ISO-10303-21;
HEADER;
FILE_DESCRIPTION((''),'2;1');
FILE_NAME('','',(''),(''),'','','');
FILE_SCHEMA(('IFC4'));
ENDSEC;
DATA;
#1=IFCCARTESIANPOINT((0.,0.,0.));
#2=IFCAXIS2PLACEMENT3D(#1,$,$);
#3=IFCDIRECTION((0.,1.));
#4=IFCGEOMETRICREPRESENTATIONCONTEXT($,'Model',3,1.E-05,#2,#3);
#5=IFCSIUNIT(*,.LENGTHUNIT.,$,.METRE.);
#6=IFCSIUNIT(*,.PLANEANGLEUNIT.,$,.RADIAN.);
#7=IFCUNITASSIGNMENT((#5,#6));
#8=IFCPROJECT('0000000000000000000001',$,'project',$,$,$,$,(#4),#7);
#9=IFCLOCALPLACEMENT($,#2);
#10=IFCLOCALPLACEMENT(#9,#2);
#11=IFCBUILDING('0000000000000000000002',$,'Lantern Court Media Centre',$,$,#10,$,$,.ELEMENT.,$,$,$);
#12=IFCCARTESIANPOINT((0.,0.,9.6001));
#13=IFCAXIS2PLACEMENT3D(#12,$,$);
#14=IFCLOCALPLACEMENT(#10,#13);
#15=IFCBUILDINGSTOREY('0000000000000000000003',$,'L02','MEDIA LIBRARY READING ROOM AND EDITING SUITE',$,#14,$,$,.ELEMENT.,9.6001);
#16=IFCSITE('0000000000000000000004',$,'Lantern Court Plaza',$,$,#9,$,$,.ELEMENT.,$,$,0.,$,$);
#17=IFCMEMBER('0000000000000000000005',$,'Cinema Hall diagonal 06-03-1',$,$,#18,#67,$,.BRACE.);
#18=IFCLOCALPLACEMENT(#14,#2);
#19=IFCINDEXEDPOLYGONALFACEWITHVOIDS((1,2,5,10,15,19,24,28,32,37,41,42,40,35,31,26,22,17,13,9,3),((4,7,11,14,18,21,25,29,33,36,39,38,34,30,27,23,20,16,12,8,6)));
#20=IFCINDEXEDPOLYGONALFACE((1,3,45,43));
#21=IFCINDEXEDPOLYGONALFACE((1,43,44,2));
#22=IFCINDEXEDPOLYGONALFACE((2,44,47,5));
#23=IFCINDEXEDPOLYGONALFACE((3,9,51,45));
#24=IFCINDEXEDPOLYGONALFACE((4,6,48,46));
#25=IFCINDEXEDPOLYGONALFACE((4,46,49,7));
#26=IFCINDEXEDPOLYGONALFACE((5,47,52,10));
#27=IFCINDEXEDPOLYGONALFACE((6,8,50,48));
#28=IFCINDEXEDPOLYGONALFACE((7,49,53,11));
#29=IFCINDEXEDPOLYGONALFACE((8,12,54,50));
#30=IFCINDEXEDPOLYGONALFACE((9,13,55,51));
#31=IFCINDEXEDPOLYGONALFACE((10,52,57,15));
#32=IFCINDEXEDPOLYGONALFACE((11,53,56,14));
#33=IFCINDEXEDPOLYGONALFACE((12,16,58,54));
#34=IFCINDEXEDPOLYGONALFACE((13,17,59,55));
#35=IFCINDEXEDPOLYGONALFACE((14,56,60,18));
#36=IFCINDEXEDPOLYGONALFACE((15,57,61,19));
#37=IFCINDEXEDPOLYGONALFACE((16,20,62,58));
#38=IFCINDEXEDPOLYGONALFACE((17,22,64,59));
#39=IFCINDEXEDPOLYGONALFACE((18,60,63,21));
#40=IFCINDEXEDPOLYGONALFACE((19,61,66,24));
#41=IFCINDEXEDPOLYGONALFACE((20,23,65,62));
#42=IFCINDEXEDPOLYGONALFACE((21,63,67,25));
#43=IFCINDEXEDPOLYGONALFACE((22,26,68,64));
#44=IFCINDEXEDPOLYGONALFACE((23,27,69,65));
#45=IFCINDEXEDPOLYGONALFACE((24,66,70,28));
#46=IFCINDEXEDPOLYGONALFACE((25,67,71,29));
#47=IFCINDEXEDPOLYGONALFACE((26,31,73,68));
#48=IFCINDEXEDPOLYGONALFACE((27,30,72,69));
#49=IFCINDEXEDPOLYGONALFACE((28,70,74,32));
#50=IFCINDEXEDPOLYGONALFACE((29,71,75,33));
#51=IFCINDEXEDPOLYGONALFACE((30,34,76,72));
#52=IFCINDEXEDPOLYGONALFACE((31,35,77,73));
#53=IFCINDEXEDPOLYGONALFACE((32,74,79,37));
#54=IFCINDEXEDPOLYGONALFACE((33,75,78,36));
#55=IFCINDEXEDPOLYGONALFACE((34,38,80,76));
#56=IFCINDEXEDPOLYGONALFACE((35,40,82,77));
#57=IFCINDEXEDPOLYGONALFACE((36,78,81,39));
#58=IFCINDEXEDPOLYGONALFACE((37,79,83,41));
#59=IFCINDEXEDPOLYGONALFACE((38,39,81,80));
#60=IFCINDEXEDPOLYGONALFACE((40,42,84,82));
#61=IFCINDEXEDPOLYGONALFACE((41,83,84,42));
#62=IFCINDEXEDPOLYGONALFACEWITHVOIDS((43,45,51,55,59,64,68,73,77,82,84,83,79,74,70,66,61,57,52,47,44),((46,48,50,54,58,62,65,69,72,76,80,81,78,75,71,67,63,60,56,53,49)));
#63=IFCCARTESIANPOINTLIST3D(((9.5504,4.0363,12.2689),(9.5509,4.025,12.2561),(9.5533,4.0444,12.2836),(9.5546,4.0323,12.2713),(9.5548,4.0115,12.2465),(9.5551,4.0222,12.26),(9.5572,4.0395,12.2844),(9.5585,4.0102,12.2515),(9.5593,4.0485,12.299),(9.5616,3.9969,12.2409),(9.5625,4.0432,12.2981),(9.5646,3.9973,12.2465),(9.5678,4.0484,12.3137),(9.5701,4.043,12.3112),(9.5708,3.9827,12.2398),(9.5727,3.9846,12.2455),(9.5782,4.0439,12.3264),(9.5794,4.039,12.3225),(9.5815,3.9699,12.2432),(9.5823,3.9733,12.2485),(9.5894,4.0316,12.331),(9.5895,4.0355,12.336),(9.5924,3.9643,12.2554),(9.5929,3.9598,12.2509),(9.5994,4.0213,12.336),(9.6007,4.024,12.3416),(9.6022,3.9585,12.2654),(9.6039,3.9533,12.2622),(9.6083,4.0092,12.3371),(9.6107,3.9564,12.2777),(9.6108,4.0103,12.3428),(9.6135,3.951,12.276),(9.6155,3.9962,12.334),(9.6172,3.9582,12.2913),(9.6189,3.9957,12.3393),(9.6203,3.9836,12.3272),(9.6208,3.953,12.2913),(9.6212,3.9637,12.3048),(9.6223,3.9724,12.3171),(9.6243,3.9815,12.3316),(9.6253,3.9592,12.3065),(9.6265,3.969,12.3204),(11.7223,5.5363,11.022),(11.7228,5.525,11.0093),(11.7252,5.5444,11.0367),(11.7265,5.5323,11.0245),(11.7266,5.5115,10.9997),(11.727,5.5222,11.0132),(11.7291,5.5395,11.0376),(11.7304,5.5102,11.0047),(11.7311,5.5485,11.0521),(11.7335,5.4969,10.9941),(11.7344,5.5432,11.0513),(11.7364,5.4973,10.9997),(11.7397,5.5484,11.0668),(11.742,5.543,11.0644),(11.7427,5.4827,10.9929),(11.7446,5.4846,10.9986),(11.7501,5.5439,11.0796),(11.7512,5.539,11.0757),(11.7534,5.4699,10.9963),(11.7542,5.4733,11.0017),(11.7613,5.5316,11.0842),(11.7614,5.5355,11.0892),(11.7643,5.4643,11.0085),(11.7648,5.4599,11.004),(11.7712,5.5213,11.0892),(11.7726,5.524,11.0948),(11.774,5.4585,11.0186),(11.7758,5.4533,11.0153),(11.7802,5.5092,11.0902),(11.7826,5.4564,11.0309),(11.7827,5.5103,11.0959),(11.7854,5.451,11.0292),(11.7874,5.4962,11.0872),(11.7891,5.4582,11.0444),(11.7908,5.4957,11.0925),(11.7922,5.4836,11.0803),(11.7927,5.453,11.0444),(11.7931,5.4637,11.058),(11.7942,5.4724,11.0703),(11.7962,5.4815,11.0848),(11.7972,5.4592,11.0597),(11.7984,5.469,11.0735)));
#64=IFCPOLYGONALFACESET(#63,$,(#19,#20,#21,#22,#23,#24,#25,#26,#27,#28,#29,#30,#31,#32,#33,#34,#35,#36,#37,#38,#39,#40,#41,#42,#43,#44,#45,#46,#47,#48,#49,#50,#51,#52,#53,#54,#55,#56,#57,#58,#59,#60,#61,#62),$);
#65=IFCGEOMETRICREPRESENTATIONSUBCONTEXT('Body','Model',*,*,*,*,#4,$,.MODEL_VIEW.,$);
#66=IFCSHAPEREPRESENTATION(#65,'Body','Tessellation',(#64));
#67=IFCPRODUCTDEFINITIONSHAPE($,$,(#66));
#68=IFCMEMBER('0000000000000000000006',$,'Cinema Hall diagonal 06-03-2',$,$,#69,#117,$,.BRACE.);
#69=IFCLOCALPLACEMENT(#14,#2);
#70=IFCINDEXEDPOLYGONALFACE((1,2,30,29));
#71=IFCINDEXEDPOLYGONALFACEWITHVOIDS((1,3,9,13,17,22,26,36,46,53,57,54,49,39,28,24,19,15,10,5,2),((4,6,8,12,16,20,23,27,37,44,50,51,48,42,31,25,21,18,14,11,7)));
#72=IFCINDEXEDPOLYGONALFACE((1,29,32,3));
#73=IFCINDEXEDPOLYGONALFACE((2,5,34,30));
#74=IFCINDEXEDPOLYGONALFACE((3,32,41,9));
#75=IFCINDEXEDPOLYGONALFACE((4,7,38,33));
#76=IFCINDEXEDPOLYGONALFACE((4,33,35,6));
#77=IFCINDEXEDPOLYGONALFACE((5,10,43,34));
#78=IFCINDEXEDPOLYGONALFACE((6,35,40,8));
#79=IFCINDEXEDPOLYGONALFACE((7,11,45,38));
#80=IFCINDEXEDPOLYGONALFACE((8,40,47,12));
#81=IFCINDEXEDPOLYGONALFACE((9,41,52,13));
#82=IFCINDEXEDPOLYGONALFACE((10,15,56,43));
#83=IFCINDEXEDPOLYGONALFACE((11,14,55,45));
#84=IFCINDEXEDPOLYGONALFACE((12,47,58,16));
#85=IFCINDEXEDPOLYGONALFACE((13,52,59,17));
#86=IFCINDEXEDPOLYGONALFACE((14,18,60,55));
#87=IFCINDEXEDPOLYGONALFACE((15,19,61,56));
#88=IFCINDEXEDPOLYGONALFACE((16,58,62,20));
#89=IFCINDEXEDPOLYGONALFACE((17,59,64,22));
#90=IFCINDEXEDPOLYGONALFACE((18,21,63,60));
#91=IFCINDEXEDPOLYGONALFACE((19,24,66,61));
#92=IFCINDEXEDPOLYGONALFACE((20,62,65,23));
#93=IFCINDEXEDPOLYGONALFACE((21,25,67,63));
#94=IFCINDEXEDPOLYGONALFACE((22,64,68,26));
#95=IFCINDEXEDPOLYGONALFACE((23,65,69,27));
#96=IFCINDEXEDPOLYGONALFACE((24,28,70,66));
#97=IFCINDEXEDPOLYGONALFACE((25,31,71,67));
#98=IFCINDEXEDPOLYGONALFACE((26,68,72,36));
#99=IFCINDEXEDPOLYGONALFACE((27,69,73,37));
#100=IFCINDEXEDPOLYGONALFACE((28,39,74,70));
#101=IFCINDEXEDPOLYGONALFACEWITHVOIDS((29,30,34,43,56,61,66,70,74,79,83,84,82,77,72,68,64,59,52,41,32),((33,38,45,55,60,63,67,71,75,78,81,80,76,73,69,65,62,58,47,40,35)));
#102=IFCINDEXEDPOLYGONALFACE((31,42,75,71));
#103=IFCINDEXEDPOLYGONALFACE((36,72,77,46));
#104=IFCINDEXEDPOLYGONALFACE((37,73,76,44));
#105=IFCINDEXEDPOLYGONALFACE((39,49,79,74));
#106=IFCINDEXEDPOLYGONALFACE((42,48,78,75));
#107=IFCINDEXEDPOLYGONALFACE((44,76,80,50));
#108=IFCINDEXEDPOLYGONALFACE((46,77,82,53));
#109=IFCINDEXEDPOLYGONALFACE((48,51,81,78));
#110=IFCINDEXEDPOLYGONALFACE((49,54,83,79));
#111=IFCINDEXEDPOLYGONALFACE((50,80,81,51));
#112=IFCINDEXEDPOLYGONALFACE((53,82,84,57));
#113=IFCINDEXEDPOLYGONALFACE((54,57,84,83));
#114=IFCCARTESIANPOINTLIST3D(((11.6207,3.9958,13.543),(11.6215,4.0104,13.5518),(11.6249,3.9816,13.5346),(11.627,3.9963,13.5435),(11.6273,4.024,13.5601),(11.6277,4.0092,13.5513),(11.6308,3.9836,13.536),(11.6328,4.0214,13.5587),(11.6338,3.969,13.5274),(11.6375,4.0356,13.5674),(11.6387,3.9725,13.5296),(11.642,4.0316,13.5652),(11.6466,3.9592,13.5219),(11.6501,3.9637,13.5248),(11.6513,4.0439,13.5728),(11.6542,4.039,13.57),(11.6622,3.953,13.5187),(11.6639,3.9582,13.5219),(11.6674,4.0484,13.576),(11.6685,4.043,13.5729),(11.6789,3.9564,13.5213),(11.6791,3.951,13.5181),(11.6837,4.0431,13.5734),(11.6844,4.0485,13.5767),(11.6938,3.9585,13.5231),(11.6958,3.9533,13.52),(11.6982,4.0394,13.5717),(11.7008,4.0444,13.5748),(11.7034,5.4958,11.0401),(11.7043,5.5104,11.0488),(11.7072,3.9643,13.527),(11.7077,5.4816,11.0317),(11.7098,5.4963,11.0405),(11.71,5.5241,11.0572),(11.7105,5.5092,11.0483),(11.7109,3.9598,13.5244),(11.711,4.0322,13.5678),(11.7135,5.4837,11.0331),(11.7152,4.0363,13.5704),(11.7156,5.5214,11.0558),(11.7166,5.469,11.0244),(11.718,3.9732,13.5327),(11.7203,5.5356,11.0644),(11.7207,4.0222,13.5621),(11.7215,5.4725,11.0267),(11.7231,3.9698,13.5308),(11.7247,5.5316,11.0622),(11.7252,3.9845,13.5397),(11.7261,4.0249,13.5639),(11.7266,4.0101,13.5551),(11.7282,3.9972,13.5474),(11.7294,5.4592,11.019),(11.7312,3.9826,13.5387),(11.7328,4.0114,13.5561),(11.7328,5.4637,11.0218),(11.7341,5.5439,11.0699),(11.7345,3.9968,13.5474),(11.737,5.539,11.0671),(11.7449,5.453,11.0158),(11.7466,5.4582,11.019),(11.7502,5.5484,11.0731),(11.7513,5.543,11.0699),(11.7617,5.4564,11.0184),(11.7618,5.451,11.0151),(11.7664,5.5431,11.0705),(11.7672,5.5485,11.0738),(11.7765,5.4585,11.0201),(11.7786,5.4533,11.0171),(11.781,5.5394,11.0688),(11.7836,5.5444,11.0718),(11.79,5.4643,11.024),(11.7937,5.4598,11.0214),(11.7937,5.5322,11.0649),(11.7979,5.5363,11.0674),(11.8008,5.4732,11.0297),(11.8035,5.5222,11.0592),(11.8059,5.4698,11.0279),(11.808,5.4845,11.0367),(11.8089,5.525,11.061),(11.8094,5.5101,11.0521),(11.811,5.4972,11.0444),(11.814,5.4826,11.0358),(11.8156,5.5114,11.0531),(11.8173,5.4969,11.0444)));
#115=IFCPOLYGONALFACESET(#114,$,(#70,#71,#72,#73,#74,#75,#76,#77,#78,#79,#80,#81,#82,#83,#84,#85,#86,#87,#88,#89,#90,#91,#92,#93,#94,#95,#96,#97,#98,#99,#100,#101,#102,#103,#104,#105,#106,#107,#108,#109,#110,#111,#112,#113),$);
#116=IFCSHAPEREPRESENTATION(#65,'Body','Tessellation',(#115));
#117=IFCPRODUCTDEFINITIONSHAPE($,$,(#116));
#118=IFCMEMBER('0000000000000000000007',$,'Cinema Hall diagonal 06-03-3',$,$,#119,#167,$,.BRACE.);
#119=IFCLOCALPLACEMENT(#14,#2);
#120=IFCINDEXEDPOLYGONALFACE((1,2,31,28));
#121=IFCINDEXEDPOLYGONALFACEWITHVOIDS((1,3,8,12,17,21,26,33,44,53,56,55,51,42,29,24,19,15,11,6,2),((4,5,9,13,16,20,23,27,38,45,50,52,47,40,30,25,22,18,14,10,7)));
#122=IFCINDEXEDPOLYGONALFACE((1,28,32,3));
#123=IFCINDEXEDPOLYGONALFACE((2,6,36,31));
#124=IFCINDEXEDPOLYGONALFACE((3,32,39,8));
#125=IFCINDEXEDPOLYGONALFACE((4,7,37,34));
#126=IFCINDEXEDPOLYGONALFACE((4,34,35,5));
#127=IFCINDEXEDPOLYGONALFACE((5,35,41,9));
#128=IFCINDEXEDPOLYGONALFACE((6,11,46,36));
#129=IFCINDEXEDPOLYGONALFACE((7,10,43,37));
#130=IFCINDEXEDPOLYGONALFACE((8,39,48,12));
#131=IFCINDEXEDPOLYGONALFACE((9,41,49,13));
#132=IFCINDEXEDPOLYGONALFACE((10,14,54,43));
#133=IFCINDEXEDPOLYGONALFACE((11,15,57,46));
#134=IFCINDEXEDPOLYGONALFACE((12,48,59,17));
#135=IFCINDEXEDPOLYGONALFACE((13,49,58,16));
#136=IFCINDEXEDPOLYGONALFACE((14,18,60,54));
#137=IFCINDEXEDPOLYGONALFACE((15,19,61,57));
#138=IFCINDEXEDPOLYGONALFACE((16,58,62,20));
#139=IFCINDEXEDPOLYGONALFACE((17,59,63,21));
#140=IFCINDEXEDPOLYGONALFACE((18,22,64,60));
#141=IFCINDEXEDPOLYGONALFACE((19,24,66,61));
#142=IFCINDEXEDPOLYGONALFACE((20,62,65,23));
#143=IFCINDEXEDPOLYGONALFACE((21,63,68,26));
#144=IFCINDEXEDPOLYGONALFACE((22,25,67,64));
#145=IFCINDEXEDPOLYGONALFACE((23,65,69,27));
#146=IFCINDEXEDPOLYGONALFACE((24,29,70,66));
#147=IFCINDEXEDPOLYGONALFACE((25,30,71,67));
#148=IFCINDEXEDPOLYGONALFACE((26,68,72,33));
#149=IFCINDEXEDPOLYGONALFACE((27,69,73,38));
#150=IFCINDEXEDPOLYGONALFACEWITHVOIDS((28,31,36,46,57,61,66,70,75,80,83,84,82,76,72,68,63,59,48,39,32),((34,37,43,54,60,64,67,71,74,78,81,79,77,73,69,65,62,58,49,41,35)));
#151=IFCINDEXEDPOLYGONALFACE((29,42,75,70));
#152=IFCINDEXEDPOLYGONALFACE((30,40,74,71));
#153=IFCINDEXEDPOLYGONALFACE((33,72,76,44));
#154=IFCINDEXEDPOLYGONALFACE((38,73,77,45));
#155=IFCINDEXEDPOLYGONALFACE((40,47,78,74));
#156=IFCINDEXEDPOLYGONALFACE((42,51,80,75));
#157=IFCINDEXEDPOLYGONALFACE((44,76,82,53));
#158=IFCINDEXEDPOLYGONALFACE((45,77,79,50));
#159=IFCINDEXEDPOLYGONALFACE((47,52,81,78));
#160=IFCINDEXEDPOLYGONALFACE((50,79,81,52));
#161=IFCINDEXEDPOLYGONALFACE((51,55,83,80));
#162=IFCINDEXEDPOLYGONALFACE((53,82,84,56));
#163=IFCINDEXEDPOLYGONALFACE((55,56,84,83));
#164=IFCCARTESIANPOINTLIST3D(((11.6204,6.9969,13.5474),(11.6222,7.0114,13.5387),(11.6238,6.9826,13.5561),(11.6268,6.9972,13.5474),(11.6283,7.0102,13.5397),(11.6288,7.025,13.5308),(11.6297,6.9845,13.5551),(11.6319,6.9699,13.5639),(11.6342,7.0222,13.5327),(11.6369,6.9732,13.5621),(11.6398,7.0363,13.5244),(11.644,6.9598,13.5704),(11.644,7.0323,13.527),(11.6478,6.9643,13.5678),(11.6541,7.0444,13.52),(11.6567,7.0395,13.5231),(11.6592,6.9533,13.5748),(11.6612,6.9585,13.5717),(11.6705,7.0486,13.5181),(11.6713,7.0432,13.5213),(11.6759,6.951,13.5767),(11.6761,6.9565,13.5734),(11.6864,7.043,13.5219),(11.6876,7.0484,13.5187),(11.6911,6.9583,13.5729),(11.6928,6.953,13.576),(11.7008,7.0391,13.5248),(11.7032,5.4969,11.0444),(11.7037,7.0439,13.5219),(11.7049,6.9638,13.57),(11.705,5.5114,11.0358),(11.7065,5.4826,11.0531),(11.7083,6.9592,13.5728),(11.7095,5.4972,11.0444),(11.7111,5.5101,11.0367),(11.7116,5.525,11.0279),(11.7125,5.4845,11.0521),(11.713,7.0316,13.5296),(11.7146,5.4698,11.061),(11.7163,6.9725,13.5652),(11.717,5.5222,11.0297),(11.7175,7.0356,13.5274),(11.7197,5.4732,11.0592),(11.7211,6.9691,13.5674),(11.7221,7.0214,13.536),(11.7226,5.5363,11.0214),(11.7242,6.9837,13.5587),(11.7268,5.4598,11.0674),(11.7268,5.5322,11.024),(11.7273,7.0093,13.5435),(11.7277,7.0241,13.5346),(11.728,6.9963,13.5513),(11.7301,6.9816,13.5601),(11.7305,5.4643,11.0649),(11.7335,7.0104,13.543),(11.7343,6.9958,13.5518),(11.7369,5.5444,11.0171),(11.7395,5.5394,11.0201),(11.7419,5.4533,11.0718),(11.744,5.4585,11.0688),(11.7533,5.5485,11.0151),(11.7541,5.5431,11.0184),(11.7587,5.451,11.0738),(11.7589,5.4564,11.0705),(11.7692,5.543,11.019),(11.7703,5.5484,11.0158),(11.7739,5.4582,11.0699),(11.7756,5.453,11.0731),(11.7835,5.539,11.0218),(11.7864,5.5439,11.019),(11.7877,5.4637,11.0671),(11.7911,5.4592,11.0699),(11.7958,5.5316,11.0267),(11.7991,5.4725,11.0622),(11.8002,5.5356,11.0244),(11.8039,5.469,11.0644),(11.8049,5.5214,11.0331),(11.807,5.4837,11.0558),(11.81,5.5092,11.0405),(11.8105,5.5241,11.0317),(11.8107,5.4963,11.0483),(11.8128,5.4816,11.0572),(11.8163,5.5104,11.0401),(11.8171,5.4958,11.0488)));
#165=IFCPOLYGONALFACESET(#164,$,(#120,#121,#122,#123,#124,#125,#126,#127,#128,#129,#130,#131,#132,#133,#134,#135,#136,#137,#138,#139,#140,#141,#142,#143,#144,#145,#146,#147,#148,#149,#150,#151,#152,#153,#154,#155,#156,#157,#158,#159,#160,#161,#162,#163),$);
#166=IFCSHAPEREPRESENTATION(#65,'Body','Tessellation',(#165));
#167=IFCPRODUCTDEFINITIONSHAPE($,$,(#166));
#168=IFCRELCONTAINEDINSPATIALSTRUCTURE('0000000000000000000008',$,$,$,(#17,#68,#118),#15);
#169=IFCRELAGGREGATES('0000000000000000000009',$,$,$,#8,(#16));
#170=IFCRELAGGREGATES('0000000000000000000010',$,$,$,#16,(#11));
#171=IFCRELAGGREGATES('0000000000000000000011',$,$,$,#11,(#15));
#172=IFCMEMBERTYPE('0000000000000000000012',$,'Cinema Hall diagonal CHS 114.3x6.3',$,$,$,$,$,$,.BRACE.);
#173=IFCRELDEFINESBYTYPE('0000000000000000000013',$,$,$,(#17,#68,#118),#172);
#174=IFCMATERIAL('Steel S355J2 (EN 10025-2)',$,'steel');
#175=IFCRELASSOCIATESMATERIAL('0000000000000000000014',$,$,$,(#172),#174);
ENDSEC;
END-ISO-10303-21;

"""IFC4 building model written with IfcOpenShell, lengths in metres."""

from ifc_helpers import new_model, si_unit, direction, frame, origin, origin_2d, place, context, subcontext, project, spatial, hollow_circle, extrude, material, material_profile, profile_set, type_object, element, save


model = new_model("IFC4")

# Units and contexts
model_context = context("Model", 3, precision=1e-05, world=origin(), true_north=direction((0.0, 1.0)))
body_context = subcontext(model_context, "Body", "Model", "MODEL_VIEW")
ifc_project = project(units=[si_unit("LENGTHUNIT", "METRE"), si_unit("PLANEANGLEUNIT", "RADIAN")], contexts=[model_context])

# Site, building, storey
site_placement = place(None, origin())
site = spatial("IfcSite", under=ifc_project, at=site_placement, Name="Lantern Court Plaza", CompositionType="ELEMENT", RefElevation=0.0)
building_placement = place(site_placement, origin())
building = spatial("IfcBuilding", under=site, at=building_placement, Name="Lantern Court Media Centre", CompositionType="ELEMENT")
storey_placement = place(building_placement, frame((0.0, 0.0, 9.6001)))
storey = spatial("IfcBuildingStorey", under=building, at=storey_placement, Name="L02", Description="MEDIA LIBRARY READING ROOM AND EDITING SUITE", CompositionType="ELEMENT", Elevation=9.6001)

# Members
ifc_material = material(Name="Steel S355J2 (EN 10025-2)", Category="steel")
ifc_material_profile_1 = material_profile(ifc_material, hollow_circle(Radius=0.0571, WallThickness=0.0063, at=origin_2d()), Name="Cinema Hall diagonal CHS 114.3x6.3")
ifc_profile_set_1 = profile_set([ifc_material_profile_1], Name="Steel S355J2 (EN 10025-2)")
member_type_1 = type_object("IfcMemberType", Name="Cinema Hall diagonal CHS 114.3x6.3", PredefinedType="BRACE", material=ifc_profile_set_1)
for number, where, z_axis, x_axis, name in (
    (1, (11.7603, 5.5, 11.0444), (-0.744002, -0.513843, 0.427115), (0.568286, -0.822831, 0.0), "Cinema Hall diagonal 06-03-1"),
    (2, (11.7603, 5.5, 11.0444), (-0.028352, -0.513846, 0.857414), (0.998481, -0.055092, 0.0), "Cinema Hall diagonal 06-03-2"),
    (3, (11.7603, 5.5, 11.0444), (-0.028352, 0.513846, 0.857414), (-0.998481, -0.055092, 0.0), "Cinema Hall diagonal 06-03-3"),
):
    element("IfcMember", number, at=place(storey_placement, frame(where, z_axis=z_axis, x_axis=x_axis)), inside=storey, type_object=member_type_1, Name=name, PredefinedType="BRACE", context=body_context, shape_type="SweptSolid", body=[
        extrude(hollow_circle(Radius=0.0571, WallThickness=0.0063, at=origin_2d()), origin(), (0.0, 0.0, 1.0), 2.9192),
    ])

save(model, "model.ifc")
